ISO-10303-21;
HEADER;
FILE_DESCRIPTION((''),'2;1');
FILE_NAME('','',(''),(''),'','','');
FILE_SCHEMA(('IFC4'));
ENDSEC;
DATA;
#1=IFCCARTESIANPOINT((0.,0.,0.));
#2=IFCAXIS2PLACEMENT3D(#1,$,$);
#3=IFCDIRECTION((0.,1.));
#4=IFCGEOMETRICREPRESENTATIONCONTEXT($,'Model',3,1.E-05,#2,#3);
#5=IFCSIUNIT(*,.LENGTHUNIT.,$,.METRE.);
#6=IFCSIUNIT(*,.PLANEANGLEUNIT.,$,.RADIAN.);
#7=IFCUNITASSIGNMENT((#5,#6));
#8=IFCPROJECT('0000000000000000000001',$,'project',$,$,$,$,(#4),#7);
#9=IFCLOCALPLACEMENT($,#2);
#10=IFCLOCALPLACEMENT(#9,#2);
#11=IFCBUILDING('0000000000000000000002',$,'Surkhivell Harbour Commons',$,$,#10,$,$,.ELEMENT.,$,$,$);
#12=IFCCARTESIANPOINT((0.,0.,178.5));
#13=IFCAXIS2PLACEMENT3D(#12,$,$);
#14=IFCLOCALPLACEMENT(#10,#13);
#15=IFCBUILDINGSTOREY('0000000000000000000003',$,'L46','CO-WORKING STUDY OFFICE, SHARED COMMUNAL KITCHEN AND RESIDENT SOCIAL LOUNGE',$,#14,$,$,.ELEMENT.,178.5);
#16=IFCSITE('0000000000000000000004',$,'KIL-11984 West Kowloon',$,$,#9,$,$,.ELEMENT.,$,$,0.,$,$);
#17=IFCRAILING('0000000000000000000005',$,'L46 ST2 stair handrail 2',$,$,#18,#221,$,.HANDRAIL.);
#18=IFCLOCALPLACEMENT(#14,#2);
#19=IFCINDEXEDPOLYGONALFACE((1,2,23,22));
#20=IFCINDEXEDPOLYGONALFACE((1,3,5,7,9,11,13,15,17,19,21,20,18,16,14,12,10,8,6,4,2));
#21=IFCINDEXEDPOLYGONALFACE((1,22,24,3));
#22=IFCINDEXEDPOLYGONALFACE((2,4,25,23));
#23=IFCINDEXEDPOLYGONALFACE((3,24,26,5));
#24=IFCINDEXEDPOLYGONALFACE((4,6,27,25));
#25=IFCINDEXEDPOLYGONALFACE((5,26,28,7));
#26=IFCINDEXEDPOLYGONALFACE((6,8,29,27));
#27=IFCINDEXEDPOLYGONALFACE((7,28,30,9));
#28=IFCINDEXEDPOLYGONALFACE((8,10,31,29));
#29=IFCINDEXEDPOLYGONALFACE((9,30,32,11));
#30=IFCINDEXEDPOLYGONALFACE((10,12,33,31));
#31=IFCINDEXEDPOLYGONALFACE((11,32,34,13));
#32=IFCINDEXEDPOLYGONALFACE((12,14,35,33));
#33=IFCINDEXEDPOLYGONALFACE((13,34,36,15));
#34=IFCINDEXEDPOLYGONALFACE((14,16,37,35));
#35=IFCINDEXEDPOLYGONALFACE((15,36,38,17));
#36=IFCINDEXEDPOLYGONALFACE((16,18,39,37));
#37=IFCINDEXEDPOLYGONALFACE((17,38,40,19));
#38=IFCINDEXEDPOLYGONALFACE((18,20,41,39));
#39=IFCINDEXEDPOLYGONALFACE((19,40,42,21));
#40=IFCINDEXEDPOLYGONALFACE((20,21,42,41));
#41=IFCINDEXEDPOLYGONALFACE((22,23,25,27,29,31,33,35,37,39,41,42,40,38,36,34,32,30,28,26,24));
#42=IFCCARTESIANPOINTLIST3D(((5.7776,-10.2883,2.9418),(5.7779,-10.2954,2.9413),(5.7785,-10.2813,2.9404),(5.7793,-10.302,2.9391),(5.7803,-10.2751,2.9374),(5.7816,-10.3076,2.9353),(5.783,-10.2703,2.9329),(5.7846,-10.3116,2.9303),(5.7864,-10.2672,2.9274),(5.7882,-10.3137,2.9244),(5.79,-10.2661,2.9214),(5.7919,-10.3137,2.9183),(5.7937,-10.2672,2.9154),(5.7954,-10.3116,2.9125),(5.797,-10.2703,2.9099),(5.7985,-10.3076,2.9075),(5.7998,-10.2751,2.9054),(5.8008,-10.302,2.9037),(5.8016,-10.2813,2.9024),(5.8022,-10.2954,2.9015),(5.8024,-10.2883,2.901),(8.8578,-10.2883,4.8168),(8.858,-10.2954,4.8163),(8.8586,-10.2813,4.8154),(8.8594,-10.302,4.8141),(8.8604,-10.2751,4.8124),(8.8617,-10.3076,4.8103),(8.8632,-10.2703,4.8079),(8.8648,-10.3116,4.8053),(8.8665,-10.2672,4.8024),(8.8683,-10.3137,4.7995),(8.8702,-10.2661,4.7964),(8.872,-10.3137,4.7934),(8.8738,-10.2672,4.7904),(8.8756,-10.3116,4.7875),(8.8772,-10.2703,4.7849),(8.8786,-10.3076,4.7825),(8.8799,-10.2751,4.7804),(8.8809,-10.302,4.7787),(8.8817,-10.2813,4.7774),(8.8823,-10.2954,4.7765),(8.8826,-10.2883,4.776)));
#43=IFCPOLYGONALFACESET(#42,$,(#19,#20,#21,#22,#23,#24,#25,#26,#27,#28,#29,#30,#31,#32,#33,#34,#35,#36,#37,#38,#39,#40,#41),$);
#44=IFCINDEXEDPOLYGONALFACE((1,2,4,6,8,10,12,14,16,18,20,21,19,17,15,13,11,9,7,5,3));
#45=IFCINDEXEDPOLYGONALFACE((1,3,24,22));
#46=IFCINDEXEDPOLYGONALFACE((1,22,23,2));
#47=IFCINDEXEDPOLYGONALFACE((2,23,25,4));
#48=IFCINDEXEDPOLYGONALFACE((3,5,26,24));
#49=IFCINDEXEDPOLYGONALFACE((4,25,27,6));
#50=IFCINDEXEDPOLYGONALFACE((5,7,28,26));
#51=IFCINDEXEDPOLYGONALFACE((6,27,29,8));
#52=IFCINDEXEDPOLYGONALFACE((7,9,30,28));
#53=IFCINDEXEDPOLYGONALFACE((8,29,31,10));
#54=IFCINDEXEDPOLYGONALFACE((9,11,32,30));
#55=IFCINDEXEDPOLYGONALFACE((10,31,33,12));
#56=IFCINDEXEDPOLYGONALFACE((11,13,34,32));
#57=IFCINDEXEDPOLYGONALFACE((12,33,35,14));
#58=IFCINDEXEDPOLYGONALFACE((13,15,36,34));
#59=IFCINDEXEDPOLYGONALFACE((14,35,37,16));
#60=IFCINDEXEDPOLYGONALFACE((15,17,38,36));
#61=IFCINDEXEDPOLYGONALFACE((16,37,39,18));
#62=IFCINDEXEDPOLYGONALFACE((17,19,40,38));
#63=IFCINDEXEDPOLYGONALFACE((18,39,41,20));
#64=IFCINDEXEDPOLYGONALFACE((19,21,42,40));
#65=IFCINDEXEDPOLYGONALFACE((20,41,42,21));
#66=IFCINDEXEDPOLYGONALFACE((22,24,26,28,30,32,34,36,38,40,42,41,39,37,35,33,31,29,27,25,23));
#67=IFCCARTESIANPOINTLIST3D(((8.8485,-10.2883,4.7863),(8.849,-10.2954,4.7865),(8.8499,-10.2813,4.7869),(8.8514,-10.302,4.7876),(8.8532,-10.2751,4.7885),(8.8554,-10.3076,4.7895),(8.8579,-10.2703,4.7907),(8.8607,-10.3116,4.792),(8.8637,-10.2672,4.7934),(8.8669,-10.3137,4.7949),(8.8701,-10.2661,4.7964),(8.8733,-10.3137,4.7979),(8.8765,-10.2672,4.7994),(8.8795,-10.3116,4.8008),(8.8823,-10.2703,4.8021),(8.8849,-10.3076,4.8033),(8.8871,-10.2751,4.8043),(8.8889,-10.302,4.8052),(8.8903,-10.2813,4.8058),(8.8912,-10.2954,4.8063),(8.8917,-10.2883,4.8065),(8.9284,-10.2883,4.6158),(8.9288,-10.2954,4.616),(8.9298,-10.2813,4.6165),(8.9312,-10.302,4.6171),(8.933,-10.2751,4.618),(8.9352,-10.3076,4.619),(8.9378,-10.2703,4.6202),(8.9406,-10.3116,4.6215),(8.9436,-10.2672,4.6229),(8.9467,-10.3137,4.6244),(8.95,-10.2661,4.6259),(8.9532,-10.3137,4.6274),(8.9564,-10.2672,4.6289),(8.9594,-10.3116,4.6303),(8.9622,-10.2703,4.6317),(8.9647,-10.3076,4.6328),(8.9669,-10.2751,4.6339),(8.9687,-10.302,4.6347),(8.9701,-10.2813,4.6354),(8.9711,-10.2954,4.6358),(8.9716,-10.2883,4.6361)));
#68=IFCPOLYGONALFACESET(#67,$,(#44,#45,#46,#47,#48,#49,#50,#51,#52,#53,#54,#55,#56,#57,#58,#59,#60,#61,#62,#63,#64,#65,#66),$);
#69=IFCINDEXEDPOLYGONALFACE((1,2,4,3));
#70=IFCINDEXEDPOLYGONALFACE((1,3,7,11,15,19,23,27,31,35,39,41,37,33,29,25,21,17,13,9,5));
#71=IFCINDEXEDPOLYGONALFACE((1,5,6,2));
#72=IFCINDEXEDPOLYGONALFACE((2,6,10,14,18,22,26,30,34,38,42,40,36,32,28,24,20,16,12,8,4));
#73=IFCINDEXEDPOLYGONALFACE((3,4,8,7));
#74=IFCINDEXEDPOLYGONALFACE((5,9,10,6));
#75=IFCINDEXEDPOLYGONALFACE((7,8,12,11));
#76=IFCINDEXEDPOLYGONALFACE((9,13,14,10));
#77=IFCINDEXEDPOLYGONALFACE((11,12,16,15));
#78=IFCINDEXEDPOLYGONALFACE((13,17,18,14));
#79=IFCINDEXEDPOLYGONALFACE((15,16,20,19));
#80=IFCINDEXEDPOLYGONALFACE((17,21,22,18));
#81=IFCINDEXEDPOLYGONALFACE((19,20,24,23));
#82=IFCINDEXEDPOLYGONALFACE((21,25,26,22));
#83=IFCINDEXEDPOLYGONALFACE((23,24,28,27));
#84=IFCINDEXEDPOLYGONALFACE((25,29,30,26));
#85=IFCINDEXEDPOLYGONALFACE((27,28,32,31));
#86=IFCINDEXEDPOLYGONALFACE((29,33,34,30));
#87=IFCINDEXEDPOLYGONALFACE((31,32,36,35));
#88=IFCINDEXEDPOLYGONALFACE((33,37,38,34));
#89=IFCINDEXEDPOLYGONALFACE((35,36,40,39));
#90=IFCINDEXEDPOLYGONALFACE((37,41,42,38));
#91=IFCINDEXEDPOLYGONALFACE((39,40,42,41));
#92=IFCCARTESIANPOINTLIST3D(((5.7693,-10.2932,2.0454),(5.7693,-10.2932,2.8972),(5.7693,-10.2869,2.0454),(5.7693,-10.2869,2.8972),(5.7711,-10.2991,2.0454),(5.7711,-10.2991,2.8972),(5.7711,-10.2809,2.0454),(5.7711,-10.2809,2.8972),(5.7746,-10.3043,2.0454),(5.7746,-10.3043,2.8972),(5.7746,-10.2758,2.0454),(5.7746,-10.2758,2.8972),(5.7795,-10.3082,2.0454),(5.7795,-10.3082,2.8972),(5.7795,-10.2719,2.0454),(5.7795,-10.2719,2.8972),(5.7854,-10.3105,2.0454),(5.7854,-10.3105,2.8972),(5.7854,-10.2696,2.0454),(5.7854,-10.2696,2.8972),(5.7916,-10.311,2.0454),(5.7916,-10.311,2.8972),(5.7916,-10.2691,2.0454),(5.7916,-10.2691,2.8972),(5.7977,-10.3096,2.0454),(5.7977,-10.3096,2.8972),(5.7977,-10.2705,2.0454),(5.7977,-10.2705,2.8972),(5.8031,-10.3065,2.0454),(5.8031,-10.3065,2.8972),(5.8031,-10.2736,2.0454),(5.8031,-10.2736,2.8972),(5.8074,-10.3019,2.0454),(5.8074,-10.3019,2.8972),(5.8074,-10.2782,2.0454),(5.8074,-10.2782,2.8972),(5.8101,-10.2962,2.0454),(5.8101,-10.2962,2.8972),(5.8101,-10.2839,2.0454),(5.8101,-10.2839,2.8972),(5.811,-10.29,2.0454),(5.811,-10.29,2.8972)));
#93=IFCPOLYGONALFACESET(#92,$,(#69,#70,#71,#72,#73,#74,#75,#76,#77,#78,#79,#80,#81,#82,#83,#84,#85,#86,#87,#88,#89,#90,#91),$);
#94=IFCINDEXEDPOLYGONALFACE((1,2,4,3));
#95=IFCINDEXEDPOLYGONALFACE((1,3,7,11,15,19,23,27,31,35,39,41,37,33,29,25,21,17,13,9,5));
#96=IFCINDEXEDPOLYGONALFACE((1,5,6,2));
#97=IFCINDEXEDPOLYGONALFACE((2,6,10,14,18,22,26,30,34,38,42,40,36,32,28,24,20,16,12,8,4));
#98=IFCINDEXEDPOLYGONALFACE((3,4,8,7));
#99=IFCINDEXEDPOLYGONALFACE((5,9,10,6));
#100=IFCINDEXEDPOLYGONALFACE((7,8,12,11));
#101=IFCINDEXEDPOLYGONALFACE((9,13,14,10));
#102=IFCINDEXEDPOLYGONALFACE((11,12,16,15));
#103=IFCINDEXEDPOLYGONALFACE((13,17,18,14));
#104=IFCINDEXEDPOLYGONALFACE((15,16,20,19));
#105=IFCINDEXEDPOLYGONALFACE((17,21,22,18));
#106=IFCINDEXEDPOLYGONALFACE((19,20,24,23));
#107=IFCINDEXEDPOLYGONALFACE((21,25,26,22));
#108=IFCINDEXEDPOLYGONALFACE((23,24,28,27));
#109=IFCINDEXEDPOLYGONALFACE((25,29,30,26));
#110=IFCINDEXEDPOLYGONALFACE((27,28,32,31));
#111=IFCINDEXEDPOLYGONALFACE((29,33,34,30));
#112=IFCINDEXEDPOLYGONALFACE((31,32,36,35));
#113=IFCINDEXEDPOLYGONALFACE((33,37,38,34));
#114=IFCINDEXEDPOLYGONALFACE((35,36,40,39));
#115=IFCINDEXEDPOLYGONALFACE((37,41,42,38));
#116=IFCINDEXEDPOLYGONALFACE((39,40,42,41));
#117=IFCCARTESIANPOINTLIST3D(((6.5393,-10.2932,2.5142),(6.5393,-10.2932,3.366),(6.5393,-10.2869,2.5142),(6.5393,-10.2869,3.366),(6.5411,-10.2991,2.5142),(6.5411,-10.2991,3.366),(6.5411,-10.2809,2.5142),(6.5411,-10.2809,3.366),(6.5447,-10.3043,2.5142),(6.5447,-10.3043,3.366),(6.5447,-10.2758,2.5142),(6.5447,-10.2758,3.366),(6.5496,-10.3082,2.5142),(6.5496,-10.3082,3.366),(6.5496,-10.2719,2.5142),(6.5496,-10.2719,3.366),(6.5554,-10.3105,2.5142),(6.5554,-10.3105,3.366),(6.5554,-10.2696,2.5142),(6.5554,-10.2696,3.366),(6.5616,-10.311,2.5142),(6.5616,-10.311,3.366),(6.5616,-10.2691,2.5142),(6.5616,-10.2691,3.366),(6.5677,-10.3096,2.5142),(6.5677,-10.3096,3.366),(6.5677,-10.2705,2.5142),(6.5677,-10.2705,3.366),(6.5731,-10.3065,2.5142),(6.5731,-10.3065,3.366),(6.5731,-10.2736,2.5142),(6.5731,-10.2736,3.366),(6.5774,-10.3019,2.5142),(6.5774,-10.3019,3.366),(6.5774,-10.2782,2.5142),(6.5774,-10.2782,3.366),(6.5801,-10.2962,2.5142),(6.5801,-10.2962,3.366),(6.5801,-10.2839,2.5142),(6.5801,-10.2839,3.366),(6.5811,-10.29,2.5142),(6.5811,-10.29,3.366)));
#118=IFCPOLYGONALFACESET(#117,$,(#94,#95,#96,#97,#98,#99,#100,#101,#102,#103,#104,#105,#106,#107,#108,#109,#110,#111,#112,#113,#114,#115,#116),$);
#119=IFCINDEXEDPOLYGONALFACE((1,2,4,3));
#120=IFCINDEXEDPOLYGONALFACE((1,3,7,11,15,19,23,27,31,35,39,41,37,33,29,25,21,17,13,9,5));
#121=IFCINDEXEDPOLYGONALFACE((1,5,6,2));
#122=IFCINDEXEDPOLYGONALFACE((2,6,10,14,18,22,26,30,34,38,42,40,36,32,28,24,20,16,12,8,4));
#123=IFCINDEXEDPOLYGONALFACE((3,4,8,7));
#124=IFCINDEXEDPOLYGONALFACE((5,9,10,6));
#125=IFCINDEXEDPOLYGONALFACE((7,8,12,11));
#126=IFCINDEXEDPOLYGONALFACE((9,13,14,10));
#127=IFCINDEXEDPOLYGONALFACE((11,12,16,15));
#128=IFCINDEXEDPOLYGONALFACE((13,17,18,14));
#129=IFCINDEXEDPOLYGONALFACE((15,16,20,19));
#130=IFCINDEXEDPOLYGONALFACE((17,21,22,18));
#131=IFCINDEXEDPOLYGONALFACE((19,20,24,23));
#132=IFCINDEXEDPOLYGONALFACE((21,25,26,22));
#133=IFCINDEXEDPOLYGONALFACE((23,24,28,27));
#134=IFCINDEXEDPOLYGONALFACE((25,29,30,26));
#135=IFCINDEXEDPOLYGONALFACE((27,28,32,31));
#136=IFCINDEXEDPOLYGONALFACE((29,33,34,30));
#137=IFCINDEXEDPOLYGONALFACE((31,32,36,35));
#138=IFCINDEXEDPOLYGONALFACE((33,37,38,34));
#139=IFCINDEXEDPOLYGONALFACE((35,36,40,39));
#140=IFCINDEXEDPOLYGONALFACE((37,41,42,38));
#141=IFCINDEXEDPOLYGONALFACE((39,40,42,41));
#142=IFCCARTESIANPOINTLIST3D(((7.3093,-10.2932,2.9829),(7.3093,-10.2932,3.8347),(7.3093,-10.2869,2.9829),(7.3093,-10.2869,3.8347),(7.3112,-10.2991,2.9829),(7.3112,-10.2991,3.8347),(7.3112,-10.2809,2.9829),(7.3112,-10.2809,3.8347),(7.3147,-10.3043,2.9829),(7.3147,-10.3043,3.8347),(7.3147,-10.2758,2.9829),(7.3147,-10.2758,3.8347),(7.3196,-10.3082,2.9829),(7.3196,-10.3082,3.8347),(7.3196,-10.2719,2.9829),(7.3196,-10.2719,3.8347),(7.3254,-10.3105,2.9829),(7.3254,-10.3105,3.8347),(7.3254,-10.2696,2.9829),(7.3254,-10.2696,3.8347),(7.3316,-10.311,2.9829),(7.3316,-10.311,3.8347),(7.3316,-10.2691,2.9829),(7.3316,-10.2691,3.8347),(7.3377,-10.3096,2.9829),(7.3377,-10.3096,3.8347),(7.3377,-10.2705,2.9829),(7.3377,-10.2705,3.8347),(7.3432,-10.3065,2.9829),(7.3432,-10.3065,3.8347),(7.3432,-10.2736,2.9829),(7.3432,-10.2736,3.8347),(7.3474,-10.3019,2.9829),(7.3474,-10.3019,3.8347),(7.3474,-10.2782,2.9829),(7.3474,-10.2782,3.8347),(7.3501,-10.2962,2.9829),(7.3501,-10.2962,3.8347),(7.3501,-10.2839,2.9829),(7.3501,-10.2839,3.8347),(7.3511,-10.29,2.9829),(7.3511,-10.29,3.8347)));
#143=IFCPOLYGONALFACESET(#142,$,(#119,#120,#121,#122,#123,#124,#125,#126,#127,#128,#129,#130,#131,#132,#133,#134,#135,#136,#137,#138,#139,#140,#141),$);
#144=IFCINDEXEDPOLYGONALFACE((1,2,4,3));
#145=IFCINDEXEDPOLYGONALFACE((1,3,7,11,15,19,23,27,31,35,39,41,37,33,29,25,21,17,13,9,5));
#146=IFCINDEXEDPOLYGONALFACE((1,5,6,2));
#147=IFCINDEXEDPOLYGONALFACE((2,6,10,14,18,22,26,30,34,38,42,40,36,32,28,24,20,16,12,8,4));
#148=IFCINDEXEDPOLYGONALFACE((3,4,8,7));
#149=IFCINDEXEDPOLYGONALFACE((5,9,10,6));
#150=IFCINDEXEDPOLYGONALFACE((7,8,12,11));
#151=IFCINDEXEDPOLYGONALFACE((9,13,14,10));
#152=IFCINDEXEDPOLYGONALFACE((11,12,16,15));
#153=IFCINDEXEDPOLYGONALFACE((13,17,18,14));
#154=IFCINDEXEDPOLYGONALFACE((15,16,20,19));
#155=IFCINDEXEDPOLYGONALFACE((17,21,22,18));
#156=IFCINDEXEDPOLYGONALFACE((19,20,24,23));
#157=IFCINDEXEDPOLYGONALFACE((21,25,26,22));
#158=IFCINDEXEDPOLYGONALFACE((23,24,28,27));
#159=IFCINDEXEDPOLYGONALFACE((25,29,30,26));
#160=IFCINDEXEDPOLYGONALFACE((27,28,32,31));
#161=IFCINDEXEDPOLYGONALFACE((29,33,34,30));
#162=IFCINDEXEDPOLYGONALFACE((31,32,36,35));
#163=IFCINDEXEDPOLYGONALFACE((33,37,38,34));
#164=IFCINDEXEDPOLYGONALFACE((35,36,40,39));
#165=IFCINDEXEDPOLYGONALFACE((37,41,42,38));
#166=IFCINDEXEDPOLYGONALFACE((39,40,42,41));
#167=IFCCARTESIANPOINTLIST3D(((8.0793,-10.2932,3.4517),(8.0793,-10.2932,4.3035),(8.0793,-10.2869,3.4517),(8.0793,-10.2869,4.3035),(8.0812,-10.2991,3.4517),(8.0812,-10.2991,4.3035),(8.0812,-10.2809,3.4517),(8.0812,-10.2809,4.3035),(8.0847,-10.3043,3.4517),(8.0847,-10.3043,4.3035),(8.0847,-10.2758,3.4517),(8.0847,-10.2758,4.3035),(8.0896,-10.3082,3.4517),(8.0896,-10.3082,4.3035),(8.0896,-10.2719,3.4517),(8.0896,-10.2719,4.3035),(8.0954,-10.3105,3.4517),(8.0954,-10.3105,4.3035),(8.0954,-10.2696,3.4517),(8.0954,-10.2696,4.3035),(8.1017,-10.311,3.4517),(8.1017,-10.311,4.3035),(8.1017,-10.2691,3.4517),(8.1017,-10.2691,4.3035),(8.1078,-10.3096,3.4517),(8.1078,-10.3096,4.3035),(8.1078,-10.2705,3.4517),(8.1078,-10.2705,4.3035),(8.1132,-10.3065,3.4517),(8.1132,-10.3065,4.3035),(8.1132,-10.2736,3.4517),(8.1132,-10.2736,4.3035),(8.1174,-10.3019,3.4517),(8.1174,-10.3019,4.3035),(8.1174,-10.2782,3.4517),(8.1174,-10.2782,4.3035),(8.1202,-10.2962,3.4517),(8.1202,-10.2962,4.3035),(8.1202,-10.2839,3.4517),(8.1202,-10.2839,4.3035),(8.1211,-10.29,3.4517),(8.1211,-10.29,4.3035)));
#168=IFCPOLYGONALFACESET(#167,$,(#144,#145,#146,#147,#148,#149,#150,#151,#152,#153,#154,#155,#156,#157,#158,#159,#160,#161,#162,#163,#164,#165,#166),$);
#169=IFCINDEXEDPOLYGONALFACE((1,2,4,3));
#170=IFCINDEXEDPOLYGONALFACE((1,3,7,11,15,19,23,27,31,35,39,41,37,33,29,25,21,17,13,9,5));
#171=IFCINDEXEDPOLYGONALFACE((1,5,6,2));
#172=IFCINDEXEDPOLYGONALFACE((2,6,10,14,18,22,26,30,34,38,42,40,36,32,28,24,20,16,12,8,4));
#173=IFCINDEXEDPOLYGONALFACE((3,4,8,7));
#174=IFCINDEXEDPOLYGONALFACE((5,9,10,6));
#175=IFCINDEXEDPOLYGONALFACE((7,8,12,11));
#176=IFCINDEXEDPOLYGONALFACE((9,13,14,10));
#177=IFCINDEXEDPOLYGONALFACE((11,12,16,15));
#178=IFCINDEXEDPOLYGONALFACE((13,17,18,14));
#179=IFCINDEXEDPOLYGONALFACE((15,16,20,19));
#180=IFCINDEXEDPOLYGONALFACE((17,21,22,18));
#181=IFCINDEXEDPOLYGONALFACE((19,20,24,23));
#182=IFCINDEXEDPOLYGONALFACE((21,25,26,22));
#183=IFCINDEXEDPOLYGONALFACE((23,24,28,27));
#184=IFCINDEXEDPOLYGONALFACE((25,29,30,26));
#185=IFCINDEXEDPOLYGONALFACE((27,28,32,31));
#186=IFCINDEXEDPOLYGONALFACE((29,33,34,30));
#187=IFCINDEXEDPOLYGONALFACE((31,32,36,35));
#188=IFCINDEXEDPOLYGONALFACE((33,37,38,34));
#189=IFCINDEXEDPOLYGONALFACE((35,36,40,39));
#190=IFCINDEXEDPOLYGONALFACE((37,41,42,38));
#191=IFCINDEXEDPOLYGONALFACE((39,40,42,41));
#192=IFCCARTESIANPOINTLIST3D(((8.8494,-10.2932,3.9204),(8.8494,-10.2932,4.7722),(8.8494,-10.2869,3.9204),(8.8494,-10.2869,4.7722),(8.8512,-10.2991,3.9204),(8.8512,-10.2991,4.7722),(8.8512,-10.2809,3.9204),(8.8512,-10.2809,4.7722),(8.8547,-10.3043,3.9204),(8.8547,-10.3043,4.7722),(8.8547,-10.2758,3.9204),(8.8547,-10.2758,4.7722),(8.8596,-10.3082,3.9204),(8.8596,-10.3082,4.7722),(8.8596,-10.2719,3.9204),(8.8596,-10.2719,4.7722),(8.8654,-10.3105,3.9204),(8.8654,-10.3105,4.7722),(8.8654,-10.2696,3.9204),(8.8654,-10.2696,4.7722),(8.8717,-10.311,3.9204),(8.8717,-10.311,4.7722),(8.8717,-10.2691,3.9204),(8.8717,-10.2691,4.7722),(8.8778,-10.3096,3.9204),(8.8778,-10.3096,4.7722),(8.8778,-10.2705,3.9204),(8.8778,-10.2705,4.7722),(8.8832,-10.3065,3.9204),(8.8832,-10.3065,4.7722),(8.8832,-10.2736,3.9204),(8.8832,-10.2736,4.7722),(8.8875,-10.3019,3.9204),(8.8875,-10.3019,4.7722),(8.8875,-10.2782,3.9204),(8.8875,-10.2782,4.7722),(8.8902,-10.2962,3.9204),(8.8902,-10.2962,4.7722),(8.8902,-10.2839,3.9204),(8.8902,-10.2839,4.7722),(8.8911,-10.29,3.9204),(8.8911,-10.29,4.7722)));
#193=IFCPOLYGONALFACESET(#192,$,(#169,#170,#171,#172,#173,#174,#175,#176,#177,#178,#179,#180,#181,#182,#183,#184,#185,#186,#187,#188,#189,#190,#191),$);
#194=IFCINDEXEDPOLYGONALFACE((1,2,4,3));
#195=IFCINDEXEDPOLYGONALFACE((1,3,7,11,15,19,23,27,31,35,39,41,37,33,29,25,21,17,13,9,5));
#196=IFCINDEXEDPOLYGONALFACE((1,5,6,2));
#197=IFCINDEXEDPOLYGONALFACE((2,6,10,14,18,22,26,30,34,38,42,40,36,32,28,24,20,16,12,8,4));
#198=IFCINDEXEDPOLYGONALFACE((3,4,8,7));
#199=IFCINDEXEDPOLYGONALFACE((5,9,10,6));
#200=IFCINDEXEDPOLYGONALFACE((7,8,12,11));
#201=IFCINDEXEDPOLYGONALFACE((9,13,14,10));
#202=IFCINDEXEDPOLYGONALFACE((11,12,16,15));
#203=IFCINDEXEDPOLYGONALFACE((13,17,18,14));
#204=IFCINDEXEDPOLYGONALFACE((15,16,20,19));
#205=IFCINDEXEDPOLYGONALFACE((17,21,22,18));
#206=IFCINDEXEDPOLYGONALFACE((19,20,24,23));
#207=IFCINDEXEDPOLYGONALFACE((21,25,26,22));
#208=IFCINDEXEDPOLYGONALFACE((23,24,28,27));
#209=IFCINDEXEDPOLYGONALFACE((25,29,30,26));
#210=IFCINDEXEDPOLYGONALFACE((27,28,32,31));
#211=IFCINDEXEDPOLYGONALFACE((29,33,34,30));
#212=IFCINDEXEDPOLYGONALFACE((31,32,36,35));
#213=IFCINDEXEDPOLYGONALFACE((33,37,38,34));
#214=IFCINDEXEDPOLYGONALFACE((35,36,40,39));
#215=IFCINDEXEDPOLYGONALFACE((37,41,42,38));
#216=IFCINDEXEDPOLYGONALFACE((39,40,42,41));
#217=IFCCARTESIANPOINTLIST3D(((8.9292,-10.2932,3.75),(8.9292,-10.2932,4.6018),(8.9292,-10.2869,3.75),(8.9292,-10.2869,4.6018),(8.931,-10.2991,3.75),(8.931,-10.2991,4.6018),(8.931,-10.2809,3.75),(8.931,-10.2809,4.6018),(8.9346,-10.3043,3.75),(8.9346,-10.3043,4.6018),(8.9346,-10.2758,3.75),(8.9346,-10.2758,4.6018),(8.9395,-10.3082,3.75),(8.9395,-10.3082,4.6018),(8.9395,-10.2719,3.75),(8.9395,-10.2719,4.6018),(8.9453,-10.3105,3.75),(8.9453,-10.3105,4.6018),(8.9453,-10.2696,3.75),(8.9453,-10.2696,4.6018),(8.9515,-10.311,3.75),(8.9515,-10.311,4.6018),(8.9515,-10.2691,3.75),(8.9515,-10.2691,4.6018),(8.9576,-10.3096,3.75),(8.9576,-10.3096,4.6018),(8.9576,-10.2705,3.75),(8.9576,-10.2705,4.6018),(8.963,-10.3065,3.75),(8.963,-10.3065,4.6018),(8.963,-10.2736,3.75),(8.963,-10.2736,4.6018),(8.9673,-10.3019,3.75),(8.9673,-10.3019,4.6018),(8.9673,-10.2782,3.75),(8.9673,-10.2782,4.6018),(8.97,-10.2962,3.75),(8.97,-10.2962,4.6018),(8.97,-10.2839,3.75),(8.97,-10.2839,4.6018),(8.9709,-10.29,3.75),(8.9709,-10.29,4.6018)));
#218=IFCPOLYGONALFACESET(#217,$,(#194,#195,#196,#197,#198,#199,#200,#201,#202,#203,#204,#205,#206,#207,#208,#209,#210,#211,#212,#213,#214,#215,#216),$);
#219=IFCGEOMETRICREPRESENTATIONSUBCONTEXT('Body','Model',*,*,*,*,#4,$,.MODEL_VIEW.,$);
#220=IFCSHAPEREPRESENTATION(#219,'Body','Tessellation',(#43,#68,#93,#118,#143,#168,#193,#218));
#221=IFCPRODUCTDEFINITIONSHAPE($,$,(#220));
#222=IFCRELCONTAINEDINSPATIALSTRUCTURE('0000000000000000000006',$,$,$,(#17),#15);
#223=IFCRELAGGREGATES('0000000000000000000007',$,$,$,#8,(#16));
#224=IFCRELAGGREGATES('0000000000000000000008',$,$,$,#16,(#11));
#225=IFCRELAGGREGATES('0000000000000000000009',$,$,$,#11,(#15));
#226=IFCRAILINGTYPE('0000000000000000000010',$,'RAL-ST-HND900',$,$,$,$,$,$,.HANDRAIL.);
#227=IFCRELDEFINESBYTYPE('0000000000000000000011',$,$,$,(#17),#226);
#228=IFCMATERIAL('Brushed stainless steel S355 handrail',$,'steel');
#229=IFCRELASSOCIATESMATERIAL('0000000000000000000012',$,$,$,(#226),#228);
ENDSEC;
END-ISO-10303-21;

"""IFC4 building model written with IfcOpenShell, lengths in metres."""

from ifc_helpers import new_model, si_unit, direction, frame, origin, origin_2d, place, context, subcontext, project, spatial, circle, extrude, material, type_object, element, save


model = new_model("IFC4")

# Units and contexts
model_context = context("Model", 3, precision=1e-05, world=origin(), true_north=direction((0.0, 1.0)))
body_context = subcontext(model_context, "Body", "Model", "MODEL_VIEW")
ifc_project = project(units=[si_unit("LENGTHUNIT", "METRE"), si_unit("PLANEANGLEUNIT", "RADIAN")], contexts=[model_context])

# Site, building, storey
site_placement = place(None, origin())
site = spatial("IfcSite", under=ifc_project, at=site_placement, Name="KIL-11984 West Kowloon", CompositionType="ELEMENT", RefElevation=0.0)
building_placement = place(site_placement, origin())
building = spatial("IfcBuilding", under=site, at=building_placement, Name="Surkhivell Harbour Commons", CompositionType="ELEMENT")
storey_placement = place(building_placement, frame((0.0, 0.0, 178.5)))
storey = spatial("IfcBuildingStorey", under=building, at=storey_placement, Name="L46", Description="CO-WORKING STUDY OFFICE, SHARED COMMUNAL KITCHEN AND RESIDENT SOCIAL LOUNGE", CompositionType="ELEMENT", Elevation=178.5)

# Railing
ifc_material_1 = material(Name="Brushed stainless steel S355 handrail", Category="steel")
railing_type_1 = type_object("IfcRailingType", Name="RAL-ST-HND900", PredefinedType="HANDRAIL", material=ifc_material_1)
railing_1_placement = place(storey_placement, frame((5.79, -10.29, 2.0454)))
element("IfcRailing", 1, at=railing_1_placement, inside=storey, type_object=railing_type_1, Name="L46 ST2 stair handrail 2", PredefinedType="HANDRAIL", context=body_context, shape_type="SweptSolid", body=[
    extrude(circle(Radius=0.0239, at=origin_2d()), frame((0.0, 0.0, 0.876), z_axis=(0.854178, 0.0, 0.519981), x_axis=(0.0, 1.0, 0.0)), (0.0, 0.0, 1.0), 3.606),
    extrude(circle(Radius=0.0239, at=origin_2d()), frame((3.0801, 0.0, 2.751), z_axis=(0.424234, 0.0, -0.905552), x_axis=(0.0, 1.0, 0.0)), (0.0, 0.0, 1.0), 0.1882),
    extrude(circle(Radius=0.021, at=origin_2d()), origin(), (0.0, 0.0, 1.0), 0.8518),
    extrude(circle(Radius=0.021, at=origin_2d()), frame((0.77, 0.0, 0.4688)), (0.0, 0.0, 1.0), 0.8518),
    extrude(circle(Radius=0.021, at=origin_2d()), frame((1.54, 0.0, 0.9375)), (0.0, 0.0, 1.0), 0.8518),
    extrude(circle(Radius=0.021, at=origin_2d()), frame((2.3101, 0.0, 1.4062)), (0.0, 0.0, 1.0), 0.8518),
    extrude(circle(Radius=0.021, at=origin_2d()), frame((3.0801, 0.0, 1.875)), (0.0, 0.0, 1.0), 0.8518),
    extrude(circle(Radius=0.021, at=origin_2d()), frame((3.1599, 0.0, 1.7046)), (0.0, 0.0, 1.0), 0.8518),
])

save(model, "model.ifc")
